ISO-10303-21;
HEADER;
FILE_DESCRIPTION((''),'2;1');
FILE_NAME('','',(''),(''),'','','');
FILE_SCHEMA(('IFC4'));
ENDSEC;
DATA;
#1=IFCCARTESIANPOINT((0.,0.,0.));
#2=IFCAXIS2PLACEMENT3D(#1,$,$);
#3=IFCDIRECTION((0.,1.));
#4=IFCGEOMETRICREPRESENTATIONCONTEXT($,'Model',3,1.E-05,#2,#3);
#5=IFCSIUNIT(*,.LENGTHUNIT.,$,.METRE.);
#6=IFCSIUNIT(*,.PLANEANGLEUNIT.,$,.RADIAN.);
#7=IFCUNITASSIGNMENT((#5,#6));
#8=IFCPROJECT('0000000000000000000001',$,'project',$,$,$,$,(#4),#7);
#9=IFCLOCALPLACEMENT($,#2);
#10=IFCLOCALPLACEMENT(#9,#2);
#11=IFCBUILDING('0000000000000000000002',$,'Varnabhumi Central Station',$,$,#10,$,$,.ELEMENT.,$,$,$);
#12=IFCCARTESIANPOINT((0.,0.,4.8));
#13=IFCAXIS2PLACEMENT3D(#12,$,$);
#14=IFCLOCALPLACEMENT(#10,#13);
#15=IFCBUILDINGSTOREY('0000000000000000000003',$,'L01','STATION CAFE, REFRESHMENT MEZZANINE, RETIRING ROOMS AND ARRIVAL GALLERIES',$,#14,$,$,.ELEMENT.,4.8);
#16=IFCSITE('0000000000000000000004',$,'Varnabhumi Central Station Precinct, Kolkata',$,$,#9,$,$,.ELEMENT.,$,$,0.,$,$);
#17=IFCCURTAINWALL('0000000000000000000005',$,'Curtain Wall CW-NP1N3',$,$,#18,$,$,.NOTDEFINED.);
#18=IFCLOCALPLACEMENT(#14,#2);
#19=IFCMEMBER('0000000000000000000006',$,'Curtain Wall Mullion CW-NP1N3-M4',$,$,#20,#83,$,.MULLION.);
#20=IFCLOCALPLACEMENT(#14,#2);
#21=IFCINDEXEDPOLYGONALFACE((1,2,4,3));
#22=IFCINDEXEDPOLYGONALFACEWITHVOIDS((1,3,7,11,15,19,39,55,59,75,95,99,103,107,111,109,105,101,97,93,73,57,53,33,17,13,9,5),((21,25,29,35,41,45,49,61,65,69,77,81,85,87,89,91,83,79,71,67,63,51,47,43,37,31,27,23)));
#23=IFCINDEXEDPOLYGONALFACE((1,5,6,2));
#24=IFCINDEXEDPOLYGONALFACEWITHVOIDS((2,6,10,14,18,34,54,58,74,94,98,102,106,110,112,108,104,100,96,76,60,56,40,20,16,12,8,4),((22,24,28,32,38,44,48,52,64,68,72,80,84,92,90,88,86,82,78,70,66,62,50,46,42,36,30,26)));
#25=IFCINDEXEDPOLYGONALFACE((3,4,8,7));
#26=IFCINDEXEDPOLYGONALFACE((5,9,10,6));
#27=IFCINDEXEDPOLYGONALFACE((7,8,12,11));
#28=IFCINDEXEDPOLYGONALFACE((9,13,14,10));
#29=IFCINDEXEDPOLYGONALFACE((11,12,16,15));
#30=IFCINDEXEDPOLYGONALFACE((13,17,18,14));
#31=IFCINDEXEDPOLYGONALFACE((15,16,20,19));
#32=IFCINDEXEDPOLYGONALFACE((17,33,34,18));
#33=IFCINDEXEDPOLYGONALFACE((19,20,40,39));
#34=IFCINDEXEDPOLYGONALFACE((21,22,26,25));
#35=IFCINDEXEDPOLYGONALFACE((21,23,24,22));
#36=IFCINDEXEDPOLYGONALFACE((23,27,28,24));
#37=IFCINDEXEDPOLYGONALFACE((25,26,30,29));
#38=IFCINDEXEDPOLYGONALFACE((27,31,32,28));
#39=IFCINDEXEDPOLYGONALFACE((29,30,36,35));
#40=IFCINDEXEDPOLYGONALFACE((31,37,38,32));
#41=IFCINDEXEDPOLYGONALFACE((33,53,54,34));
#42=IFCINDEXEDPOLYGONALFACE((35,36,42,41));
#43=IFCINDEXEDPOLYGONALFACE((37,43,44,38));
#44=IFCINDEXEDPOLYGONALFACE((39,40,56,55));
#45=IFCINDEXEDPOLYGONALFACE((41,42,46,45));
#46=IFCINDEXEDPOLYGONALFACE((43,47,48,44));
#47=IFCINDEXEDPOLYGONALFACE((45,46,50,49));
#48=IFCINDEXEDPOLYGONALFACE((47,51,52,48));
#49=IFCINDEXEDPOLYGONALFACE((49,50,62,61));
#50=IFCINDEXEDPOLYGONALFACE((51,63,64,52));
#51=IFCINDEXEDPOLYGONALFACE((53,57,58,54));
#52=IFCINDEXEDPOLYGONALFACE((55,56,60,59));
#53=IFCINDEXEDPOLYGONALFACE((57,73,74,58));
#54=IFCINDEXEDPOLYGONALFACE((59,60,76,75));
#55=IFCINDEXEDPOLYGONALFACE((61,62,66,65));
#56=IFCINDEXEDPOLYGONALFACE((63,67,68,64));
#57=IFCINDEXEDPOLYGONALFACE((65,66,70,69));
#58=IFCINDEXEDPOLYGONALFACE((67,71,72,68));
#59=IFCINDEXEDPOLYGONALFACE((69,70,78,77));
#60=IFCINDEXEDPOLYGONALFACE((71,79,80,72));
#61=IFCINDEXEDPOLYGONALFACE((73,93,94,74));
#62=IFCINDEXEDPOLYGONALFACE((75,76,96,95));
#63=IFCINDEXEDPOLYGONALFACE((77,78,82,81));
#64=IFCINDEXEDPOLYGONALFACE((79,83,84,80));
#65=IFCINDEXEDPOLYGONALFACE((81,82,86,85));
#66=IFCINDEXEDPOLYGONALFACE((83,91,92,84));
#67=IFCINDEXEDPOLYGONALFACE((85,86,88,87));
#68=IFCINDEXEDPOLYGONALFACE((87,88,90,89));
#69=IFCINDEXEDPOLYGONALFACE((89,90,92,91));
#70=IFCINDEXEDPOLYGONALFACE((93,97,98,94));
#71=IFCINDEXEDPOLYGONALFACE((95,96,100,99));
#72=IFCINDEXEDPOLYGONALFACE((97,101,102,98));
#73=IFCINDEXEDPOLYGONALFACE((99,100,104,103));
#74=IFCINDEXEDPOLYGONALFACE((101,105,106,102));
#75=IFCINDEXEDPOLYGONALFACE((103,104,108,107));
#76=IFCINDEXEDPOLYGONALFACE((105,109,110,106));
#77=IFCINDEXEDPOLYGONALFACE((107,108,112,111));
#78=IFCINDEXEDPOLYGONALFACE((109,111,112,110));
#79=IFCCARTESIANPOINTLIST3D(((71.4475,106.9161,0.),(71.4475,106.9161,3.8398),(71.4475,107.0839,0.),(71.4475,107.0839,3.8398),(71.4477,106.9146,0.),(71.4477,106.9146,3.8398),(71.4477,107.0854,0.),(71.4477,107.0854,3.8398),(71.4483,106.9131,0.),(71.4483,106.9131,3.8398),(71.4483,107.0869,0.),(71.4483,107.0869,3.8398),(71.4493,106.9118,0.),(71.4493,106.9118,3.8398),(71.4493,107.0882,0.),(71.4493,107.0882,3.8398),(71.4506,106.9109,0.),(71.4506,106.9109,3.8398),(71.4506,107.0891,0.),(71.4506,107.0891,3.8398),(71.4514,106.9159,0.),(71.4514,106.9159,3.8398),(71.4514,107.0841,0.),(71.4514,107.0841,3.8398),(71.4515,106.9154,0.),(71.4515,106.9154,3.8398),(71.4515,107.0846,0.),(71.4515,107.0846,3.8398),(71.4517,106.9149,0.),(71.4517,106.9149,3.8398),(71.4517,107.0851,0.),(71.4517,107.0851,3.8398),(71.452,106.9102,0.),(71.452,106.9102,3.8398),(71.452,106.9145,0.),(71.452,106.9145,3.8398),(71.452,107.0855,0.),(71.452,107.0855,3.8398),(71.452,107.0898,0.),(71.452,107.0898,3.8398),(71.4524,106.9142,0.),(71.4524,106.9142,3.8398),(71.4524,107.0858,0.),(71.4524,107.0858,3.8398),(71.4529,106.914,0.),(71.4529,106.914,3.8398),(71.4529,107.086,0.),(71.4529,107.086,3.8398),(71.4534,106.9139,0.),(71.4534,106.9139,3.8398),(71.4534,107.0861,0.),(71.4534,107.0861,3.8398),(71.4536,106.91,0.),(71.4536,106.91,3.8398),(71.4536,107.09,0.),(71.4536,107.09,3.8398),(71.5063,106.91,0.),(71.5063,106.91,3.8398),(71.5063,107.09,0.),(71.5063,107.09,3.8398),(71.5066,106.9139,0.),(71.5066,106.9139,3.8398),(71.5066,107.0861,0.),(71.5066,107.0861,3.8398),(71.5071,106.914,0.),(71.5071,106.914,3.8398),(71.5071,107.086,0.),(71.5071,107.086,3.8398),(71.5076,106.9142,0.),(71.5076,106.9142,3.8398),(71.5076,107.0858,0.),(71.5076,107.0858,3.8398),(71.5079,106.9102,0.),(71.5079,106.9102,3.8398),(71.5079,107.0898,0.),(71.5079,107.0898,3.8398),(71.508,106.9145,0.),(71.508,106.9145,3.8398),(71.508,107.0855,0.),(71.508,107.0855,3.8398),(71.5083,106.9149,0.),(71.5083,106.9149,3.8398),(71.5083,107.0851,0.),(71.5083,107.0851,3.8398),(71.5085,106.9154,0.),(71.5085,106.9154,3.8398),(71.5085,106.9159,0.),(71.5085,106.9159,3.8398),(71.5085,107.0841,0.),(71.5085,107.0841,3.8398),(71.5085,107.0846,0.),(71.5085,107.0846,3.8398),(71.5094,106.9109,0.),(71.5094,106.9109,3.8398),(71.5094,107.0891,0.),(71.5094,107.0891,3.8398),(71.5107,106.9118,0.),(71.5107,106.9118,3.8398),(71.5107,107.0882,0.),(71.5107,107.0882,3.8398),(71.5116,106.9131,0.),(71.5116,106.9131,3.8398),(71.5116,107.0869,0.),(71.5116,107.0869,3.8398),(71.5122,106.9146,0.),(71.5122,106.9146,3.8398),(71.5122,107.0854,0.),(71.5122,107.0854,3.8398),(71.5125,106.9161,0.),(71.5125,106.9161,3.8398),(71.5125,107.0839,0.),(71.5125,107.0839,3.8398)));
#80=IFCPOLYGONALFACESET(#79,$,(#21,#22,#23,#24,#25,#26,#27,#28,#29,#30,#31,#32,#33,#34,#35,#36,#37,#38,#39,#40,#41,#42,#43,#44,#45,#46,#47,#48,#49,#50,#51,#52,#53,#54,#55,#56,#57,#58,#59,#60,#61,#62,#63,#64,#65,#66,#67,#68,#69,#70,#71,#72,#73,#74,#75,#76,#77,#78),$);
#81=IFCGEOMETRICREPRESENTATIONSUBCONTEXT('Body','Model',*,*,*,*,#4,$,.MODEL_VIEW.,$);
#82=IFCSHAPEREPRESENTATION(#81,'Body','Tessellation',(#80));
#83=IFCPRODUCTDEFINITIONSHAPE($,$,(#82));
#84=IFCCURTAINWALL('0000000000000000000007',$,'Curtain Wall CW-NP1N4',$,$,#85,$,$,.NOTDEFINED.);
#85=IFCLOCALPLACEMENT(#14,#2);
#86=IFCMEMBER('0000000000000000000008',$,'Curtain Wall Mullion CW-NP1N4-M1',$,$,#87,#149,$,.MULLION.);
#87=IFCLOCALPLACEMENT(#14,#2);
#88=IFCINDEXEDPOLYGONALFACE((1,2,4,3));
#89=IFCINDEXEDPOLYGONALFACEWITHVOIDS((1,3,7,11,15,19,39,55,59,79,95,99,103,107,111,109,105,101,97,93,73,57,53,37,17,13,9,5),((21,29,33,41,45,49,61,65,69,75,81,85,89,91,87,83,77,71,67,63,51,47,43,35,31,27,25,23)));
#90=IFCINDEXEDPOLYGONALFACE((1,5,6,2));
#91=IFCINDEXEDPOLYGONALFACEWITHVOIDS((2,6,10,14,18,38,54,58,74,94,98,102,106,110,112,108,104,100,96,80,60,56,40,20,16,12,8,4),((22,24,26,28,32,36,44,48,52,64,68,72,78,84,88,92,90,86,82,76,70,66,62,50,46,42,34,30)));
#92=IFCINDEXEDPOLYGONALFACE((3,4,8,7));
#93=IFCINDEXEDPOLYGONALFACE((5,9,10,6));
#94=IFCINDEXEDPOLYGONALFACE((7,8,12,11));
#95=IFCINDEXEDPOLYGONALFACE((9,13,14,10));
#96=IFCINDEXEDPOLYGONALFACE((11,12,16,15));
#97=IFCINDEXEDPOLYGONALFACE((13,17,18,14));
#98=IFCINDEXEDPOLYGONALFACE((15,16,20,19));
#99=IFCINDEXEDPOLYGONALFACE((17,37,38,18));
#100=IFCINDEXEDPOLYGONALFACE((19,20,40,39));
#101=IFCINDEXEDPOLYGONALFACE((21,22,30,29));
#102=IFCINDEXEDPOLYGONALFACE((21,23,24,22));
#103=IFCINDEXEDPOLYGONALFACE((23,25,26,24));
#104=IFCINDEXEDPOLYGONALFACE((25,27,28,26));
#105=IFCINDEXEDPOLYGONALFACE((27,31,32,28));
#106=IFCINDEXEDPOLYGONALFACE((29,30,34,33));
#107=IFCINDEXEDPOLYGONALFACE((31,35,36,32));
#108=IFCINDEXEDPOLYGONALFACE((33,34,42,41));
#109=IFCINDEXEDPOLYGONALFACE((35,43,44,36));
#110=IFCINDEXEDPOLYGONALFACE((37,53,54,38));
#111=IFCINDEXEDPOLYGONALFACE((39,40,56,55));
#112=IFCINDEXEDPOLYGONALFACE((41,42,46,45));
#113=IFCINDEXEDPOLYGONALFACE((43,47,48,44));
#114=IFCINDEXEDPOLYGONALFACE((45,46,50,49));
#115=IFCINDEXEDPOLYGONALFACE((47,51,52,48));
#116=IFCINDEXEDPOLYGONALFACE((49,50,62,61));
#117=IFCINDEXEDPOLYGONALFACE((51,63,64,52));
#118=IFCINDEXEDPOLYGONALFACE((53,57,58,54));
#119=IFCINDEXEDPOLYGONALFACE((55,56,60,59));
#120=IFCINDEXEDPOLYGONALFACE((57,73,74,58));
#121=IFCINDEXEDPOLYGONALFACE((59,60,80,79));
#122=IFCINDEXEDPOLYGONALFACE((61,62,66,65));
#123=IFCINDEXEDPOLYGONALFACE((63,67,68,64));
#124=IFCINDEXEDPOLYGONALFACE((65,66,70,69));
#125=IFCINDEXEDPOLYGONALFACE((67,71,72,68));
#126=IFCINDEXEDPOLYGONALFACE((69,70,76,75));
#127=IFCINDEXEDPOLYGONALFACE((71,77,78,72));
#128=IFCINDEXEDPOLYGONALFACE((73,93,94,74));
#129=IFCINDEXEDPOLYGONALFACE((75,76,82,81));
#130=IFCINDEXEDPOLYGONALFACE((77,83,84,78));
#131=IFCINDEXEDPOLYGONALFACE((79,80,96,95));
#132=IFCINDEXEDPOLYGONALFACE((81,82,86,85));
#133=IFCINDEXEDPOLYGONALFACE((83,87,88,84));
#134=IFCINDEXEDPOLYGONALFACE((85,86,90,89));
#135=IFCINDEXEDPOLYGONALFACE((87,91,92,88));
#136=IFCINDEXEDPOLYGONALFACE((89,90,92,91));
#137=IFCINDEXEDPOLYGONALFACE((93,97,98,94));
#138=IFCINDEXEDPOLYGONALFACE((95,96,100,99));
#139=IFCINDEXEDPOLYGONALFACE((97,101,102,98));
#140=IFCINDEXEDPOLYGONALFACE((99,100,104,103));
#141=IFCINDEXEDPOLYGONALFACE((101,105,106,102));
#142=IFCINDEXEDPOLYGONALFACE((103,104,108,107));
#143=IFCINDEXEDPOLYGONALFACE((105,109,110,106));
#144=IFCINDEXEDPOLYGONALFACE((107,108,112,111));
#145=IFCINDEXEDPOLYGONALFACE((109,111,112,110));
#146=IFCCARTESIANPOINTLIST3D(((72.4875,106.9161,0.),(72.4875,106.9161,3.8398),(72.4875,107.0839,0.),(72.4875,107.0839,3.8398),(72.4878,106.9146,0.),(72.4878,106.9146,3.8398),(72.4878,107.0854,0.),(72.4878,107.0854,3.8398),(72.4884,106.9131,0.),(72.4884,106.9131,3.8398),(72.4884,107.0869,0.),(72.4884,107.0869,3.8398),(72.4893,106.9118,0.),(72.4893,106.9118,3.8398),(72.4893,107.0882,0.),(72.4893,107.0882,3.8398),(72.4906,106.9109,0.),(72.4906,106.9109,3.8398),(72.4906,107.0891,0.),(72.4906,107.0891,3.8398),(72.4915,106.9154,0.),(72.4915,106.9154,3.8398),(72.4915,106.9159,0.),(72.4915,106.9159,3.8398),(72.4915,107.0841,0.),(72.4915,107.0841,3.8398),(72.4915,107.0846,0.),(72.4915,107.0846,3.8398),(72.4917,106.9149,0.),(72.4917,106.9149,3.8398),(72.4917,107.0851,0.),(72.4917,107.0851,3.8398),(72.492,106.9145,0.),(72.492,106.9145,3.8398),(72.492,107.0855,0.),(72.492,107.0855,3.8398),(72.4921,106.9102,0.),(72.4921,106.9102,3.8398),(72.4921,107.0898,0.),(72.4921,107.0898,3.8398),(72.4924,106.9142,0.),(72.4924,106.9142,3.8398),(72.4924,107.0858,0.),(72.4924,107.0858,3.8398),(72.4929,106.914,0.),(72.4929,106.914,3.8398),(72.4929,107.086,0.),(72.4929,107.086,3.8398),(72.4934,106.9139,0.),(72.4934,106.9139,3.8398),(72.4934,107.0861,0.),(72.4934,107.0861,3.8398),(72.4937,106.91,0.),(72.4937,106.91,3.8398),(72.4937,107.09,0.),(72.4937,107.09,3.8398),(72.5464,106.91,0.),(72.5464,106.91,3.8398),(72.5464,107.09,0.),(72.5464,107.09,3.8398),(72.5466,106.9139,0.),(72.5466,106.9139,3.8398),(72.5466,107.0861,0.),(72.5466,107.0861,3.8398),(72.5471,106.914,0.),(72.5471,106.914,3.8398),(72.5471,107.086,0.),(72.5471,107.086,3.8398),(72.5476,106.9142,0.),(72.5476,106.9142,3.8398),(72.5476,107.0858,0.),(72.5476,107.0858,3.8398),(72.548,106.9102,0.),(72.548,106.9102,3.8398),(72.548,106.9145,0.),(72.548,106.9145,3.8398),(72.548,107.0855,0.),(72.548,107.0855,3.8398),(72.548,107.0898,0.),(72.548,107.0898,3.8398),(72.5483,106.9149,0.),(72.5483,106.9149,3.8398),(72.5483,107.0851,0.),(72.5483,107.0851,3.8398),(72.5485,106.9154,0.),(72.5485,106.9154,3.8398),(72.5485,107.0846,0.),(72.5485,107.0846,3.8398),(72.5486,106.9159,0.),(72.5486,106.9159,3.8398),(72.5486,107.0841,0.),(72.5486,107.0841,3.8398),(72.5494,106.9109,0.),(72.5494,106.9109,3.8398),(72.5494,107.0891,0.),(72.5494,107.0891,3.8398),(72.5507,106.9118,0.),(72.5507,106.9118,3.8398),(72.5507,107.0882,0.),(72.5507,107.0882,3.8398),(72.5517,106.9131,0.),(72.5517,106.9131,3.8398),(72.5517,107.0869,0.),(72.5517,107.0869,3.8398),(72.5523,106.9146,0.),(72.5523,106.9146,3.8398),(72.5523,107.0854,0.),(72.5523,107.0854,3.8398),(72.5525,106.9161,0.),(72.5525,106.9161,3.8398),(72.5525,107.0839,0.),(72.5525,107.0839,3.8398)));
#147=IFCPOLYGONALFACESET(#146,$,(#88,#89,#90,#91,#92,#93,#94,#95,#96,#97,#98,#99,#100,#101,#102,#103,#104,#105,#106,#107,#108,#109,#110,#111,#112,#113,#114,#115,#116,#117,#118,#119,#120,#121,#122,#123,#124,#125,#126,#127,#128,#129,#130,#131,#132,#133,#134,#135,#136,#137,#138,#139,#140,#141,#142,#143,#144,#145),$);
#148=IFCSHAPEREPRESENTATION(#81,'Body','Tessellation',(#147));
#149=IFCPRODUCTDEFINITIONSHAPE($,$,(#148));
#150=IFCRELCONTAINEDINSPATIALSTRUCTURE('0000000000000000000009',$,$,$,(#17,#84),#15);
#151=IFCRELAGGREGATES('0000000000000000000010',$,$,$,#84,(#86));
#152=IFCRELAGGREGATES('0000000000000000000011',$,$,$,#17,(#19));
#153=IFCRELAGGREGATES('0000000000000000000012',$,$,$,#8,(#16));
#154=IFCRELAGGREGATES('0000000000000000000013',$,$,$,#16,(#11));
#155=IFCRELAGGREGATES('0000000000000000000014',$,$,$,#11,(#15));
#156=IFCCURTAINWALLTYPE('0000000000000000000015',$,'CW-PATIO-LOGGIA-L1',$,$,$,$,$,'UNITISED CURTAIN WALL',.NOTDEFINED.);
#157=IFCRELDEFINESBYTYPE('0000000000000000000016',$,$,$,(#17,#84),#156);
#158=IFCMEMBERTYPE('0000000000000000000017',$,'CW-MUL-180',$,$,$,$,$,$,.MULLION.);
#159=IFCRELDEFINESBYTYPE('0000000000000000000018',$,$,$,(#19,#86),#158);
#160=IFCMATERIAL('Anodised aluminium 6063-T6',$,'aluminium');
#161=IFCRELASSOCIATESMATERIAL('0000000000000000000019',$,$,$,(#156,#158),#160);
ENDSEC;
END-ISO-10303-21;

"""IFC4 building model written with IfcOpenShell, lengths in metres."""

from ifc_helpers import new_model, si_unit, direction, frame, origin, origin_2d, place, context, subcontext, project, spatial, hollow_rectangle, extrude, material, material_profile, profile_set, type_object, element, aggregate, save


model = new_model("IFC4")

# Units and contexts
model_context = context("Model", 3, precision=1e-05, world=origin(), true_north=direction((0.0, 1.0)))
body_context = subcontext(model_context, "Body", "Model", "MODEL_VIEW")
ifc_project = project(units=[si_unit("LENGTHUNIT", "METRE"), si_unit("PLANEANGLEUNIT", "RADIAN")], contexts=[model_context])

# Site, building, storey
site_placement = place(None, origin())
site = spatial("IfcSite", under=ifc_project, at=site_placement, Name="Varnabhumi Central Station Precinct, Kolkata", CompositionType="ELEMENT", RefElevation=0.0)
building_placement = place(site_placement, origin())
building = spatial("IfcBuilding", under=site, at=building_placement, Name="Varnabhumi Central Station", CompositionType="ELEMENT")
storey_placement = place(building_placement, frame((0.0, 0.0, 4.8)))
storey = spatial("IfcBuildingStorey", under=building, at=storey_placement, Name="L01", Description="STATION CAFE, REFRESHMENT MEZZANINE, RETIRING ROOMS AND ARRIVAL GALLERIES", CompositionType="ELEMENT", Elevation=4.8)

# Curtain walls, members
ifc_material_1 = material(Name="Anodised aluminium 6063-T6", Category="aluminium")
curtain_wall_type = type_object("IfcCurtainWallType", Name="CW-PATIO-LOGGIA-L1", ElementType="UNITISED CURTAIN WALL", PredefinedType="NOTDEFINED", material=ifc_material_1)
curtain_wall_1_placement = place(storey_placement, origin())
curtain_wall_1 = element("IfcCurtainWall", 1, at=curtain_wall_1_placement, inside=storey, type_object=curtain_wall_type, Name="Curtain Wall CW-NP1N3", PredefinedType="NOTDEFINED")
ifc_material_profile_1 = material_profile(ifc_material_1, hollow_rectangle(XDim=0.0649, YDim=0.1799, WallThickness=0.0039, InnerFilletRadius=0.002, OuterFilletRadius=0.0061, at=origin_2d()), Name="Anodised aluminium 6063-T6", Category="aluminium")
ifc_profile_set_1 = profile_set([ifc_material_profile_1], Name="Anodised aluminium 6063-T6")
member_type_1 = type_object("IfcMemberType", Name="CW-MUL-180", PredefinedType="MULLION", material=ifc_profile_set_1)
member_1_placement = place(storey_placement, frame((71.48, 107.0, 0.0), z_axis=(0.0, 0.0, 1.0), x_axis=(1.0, 0.0, 0.0)))
member_1 = element("IfcMember", 2, at=member_1_placement, type_object=member_type_1, Name="Curtain Wall Mullion CW-NP1N3-M4", PredefinedType="MULLION", context=body_context, shape_type="SweptSolid", body=[
    extrude(hollow_rectangle(XDim=0.0649, YDim=0.1799, WallThickness=0.0039, InnerFilletRadius=0.002, OuterFilletRadius=0.0061, at=origin_2d()), origin(), (0.0, 0.0, 1.0), 3.8398),
])
curtain_wall_2_placement = place(storey_placement, origin())
curtain_wall_2 = element("IfcCurtainWall", 3, at=curtain_wall_2_placement, inside=storey, type_object=curtain_wall_type, Name="Curtain Wall CW-NP1N4", PredefinedType="NOTDEFINED")
member_2_placement = place(storey_placement, frame((72.52, 107.0, 0.0), z_axis=(0.0, 0.0, 1.0), x_axis=(1.0, 0.0, 0.0)))
member_2 = element("IfcMember", 4, at=member_2_placement, type_object=member_type_1, Name="Curtain Wall Mullion CW-NP1N4-M1", PredefinedType="MULLION", context=body_context, shape_type="SweptSolid", body=[
    extrude(hollow_rectangle(XDim=0.0649, YDim=0.1799, WallThickness=0.0039, InnerFilletRadius=0.002, OuterFilletRadius=0.0061, at=origin_2d()), origin(), (0.0, 0.0, 1.0), 3.8398),
])
aggregate(curtain_wall_2, [member_2])

aggregate(curtain_wall_1, [member_1])

save(model, "model.ifc")
